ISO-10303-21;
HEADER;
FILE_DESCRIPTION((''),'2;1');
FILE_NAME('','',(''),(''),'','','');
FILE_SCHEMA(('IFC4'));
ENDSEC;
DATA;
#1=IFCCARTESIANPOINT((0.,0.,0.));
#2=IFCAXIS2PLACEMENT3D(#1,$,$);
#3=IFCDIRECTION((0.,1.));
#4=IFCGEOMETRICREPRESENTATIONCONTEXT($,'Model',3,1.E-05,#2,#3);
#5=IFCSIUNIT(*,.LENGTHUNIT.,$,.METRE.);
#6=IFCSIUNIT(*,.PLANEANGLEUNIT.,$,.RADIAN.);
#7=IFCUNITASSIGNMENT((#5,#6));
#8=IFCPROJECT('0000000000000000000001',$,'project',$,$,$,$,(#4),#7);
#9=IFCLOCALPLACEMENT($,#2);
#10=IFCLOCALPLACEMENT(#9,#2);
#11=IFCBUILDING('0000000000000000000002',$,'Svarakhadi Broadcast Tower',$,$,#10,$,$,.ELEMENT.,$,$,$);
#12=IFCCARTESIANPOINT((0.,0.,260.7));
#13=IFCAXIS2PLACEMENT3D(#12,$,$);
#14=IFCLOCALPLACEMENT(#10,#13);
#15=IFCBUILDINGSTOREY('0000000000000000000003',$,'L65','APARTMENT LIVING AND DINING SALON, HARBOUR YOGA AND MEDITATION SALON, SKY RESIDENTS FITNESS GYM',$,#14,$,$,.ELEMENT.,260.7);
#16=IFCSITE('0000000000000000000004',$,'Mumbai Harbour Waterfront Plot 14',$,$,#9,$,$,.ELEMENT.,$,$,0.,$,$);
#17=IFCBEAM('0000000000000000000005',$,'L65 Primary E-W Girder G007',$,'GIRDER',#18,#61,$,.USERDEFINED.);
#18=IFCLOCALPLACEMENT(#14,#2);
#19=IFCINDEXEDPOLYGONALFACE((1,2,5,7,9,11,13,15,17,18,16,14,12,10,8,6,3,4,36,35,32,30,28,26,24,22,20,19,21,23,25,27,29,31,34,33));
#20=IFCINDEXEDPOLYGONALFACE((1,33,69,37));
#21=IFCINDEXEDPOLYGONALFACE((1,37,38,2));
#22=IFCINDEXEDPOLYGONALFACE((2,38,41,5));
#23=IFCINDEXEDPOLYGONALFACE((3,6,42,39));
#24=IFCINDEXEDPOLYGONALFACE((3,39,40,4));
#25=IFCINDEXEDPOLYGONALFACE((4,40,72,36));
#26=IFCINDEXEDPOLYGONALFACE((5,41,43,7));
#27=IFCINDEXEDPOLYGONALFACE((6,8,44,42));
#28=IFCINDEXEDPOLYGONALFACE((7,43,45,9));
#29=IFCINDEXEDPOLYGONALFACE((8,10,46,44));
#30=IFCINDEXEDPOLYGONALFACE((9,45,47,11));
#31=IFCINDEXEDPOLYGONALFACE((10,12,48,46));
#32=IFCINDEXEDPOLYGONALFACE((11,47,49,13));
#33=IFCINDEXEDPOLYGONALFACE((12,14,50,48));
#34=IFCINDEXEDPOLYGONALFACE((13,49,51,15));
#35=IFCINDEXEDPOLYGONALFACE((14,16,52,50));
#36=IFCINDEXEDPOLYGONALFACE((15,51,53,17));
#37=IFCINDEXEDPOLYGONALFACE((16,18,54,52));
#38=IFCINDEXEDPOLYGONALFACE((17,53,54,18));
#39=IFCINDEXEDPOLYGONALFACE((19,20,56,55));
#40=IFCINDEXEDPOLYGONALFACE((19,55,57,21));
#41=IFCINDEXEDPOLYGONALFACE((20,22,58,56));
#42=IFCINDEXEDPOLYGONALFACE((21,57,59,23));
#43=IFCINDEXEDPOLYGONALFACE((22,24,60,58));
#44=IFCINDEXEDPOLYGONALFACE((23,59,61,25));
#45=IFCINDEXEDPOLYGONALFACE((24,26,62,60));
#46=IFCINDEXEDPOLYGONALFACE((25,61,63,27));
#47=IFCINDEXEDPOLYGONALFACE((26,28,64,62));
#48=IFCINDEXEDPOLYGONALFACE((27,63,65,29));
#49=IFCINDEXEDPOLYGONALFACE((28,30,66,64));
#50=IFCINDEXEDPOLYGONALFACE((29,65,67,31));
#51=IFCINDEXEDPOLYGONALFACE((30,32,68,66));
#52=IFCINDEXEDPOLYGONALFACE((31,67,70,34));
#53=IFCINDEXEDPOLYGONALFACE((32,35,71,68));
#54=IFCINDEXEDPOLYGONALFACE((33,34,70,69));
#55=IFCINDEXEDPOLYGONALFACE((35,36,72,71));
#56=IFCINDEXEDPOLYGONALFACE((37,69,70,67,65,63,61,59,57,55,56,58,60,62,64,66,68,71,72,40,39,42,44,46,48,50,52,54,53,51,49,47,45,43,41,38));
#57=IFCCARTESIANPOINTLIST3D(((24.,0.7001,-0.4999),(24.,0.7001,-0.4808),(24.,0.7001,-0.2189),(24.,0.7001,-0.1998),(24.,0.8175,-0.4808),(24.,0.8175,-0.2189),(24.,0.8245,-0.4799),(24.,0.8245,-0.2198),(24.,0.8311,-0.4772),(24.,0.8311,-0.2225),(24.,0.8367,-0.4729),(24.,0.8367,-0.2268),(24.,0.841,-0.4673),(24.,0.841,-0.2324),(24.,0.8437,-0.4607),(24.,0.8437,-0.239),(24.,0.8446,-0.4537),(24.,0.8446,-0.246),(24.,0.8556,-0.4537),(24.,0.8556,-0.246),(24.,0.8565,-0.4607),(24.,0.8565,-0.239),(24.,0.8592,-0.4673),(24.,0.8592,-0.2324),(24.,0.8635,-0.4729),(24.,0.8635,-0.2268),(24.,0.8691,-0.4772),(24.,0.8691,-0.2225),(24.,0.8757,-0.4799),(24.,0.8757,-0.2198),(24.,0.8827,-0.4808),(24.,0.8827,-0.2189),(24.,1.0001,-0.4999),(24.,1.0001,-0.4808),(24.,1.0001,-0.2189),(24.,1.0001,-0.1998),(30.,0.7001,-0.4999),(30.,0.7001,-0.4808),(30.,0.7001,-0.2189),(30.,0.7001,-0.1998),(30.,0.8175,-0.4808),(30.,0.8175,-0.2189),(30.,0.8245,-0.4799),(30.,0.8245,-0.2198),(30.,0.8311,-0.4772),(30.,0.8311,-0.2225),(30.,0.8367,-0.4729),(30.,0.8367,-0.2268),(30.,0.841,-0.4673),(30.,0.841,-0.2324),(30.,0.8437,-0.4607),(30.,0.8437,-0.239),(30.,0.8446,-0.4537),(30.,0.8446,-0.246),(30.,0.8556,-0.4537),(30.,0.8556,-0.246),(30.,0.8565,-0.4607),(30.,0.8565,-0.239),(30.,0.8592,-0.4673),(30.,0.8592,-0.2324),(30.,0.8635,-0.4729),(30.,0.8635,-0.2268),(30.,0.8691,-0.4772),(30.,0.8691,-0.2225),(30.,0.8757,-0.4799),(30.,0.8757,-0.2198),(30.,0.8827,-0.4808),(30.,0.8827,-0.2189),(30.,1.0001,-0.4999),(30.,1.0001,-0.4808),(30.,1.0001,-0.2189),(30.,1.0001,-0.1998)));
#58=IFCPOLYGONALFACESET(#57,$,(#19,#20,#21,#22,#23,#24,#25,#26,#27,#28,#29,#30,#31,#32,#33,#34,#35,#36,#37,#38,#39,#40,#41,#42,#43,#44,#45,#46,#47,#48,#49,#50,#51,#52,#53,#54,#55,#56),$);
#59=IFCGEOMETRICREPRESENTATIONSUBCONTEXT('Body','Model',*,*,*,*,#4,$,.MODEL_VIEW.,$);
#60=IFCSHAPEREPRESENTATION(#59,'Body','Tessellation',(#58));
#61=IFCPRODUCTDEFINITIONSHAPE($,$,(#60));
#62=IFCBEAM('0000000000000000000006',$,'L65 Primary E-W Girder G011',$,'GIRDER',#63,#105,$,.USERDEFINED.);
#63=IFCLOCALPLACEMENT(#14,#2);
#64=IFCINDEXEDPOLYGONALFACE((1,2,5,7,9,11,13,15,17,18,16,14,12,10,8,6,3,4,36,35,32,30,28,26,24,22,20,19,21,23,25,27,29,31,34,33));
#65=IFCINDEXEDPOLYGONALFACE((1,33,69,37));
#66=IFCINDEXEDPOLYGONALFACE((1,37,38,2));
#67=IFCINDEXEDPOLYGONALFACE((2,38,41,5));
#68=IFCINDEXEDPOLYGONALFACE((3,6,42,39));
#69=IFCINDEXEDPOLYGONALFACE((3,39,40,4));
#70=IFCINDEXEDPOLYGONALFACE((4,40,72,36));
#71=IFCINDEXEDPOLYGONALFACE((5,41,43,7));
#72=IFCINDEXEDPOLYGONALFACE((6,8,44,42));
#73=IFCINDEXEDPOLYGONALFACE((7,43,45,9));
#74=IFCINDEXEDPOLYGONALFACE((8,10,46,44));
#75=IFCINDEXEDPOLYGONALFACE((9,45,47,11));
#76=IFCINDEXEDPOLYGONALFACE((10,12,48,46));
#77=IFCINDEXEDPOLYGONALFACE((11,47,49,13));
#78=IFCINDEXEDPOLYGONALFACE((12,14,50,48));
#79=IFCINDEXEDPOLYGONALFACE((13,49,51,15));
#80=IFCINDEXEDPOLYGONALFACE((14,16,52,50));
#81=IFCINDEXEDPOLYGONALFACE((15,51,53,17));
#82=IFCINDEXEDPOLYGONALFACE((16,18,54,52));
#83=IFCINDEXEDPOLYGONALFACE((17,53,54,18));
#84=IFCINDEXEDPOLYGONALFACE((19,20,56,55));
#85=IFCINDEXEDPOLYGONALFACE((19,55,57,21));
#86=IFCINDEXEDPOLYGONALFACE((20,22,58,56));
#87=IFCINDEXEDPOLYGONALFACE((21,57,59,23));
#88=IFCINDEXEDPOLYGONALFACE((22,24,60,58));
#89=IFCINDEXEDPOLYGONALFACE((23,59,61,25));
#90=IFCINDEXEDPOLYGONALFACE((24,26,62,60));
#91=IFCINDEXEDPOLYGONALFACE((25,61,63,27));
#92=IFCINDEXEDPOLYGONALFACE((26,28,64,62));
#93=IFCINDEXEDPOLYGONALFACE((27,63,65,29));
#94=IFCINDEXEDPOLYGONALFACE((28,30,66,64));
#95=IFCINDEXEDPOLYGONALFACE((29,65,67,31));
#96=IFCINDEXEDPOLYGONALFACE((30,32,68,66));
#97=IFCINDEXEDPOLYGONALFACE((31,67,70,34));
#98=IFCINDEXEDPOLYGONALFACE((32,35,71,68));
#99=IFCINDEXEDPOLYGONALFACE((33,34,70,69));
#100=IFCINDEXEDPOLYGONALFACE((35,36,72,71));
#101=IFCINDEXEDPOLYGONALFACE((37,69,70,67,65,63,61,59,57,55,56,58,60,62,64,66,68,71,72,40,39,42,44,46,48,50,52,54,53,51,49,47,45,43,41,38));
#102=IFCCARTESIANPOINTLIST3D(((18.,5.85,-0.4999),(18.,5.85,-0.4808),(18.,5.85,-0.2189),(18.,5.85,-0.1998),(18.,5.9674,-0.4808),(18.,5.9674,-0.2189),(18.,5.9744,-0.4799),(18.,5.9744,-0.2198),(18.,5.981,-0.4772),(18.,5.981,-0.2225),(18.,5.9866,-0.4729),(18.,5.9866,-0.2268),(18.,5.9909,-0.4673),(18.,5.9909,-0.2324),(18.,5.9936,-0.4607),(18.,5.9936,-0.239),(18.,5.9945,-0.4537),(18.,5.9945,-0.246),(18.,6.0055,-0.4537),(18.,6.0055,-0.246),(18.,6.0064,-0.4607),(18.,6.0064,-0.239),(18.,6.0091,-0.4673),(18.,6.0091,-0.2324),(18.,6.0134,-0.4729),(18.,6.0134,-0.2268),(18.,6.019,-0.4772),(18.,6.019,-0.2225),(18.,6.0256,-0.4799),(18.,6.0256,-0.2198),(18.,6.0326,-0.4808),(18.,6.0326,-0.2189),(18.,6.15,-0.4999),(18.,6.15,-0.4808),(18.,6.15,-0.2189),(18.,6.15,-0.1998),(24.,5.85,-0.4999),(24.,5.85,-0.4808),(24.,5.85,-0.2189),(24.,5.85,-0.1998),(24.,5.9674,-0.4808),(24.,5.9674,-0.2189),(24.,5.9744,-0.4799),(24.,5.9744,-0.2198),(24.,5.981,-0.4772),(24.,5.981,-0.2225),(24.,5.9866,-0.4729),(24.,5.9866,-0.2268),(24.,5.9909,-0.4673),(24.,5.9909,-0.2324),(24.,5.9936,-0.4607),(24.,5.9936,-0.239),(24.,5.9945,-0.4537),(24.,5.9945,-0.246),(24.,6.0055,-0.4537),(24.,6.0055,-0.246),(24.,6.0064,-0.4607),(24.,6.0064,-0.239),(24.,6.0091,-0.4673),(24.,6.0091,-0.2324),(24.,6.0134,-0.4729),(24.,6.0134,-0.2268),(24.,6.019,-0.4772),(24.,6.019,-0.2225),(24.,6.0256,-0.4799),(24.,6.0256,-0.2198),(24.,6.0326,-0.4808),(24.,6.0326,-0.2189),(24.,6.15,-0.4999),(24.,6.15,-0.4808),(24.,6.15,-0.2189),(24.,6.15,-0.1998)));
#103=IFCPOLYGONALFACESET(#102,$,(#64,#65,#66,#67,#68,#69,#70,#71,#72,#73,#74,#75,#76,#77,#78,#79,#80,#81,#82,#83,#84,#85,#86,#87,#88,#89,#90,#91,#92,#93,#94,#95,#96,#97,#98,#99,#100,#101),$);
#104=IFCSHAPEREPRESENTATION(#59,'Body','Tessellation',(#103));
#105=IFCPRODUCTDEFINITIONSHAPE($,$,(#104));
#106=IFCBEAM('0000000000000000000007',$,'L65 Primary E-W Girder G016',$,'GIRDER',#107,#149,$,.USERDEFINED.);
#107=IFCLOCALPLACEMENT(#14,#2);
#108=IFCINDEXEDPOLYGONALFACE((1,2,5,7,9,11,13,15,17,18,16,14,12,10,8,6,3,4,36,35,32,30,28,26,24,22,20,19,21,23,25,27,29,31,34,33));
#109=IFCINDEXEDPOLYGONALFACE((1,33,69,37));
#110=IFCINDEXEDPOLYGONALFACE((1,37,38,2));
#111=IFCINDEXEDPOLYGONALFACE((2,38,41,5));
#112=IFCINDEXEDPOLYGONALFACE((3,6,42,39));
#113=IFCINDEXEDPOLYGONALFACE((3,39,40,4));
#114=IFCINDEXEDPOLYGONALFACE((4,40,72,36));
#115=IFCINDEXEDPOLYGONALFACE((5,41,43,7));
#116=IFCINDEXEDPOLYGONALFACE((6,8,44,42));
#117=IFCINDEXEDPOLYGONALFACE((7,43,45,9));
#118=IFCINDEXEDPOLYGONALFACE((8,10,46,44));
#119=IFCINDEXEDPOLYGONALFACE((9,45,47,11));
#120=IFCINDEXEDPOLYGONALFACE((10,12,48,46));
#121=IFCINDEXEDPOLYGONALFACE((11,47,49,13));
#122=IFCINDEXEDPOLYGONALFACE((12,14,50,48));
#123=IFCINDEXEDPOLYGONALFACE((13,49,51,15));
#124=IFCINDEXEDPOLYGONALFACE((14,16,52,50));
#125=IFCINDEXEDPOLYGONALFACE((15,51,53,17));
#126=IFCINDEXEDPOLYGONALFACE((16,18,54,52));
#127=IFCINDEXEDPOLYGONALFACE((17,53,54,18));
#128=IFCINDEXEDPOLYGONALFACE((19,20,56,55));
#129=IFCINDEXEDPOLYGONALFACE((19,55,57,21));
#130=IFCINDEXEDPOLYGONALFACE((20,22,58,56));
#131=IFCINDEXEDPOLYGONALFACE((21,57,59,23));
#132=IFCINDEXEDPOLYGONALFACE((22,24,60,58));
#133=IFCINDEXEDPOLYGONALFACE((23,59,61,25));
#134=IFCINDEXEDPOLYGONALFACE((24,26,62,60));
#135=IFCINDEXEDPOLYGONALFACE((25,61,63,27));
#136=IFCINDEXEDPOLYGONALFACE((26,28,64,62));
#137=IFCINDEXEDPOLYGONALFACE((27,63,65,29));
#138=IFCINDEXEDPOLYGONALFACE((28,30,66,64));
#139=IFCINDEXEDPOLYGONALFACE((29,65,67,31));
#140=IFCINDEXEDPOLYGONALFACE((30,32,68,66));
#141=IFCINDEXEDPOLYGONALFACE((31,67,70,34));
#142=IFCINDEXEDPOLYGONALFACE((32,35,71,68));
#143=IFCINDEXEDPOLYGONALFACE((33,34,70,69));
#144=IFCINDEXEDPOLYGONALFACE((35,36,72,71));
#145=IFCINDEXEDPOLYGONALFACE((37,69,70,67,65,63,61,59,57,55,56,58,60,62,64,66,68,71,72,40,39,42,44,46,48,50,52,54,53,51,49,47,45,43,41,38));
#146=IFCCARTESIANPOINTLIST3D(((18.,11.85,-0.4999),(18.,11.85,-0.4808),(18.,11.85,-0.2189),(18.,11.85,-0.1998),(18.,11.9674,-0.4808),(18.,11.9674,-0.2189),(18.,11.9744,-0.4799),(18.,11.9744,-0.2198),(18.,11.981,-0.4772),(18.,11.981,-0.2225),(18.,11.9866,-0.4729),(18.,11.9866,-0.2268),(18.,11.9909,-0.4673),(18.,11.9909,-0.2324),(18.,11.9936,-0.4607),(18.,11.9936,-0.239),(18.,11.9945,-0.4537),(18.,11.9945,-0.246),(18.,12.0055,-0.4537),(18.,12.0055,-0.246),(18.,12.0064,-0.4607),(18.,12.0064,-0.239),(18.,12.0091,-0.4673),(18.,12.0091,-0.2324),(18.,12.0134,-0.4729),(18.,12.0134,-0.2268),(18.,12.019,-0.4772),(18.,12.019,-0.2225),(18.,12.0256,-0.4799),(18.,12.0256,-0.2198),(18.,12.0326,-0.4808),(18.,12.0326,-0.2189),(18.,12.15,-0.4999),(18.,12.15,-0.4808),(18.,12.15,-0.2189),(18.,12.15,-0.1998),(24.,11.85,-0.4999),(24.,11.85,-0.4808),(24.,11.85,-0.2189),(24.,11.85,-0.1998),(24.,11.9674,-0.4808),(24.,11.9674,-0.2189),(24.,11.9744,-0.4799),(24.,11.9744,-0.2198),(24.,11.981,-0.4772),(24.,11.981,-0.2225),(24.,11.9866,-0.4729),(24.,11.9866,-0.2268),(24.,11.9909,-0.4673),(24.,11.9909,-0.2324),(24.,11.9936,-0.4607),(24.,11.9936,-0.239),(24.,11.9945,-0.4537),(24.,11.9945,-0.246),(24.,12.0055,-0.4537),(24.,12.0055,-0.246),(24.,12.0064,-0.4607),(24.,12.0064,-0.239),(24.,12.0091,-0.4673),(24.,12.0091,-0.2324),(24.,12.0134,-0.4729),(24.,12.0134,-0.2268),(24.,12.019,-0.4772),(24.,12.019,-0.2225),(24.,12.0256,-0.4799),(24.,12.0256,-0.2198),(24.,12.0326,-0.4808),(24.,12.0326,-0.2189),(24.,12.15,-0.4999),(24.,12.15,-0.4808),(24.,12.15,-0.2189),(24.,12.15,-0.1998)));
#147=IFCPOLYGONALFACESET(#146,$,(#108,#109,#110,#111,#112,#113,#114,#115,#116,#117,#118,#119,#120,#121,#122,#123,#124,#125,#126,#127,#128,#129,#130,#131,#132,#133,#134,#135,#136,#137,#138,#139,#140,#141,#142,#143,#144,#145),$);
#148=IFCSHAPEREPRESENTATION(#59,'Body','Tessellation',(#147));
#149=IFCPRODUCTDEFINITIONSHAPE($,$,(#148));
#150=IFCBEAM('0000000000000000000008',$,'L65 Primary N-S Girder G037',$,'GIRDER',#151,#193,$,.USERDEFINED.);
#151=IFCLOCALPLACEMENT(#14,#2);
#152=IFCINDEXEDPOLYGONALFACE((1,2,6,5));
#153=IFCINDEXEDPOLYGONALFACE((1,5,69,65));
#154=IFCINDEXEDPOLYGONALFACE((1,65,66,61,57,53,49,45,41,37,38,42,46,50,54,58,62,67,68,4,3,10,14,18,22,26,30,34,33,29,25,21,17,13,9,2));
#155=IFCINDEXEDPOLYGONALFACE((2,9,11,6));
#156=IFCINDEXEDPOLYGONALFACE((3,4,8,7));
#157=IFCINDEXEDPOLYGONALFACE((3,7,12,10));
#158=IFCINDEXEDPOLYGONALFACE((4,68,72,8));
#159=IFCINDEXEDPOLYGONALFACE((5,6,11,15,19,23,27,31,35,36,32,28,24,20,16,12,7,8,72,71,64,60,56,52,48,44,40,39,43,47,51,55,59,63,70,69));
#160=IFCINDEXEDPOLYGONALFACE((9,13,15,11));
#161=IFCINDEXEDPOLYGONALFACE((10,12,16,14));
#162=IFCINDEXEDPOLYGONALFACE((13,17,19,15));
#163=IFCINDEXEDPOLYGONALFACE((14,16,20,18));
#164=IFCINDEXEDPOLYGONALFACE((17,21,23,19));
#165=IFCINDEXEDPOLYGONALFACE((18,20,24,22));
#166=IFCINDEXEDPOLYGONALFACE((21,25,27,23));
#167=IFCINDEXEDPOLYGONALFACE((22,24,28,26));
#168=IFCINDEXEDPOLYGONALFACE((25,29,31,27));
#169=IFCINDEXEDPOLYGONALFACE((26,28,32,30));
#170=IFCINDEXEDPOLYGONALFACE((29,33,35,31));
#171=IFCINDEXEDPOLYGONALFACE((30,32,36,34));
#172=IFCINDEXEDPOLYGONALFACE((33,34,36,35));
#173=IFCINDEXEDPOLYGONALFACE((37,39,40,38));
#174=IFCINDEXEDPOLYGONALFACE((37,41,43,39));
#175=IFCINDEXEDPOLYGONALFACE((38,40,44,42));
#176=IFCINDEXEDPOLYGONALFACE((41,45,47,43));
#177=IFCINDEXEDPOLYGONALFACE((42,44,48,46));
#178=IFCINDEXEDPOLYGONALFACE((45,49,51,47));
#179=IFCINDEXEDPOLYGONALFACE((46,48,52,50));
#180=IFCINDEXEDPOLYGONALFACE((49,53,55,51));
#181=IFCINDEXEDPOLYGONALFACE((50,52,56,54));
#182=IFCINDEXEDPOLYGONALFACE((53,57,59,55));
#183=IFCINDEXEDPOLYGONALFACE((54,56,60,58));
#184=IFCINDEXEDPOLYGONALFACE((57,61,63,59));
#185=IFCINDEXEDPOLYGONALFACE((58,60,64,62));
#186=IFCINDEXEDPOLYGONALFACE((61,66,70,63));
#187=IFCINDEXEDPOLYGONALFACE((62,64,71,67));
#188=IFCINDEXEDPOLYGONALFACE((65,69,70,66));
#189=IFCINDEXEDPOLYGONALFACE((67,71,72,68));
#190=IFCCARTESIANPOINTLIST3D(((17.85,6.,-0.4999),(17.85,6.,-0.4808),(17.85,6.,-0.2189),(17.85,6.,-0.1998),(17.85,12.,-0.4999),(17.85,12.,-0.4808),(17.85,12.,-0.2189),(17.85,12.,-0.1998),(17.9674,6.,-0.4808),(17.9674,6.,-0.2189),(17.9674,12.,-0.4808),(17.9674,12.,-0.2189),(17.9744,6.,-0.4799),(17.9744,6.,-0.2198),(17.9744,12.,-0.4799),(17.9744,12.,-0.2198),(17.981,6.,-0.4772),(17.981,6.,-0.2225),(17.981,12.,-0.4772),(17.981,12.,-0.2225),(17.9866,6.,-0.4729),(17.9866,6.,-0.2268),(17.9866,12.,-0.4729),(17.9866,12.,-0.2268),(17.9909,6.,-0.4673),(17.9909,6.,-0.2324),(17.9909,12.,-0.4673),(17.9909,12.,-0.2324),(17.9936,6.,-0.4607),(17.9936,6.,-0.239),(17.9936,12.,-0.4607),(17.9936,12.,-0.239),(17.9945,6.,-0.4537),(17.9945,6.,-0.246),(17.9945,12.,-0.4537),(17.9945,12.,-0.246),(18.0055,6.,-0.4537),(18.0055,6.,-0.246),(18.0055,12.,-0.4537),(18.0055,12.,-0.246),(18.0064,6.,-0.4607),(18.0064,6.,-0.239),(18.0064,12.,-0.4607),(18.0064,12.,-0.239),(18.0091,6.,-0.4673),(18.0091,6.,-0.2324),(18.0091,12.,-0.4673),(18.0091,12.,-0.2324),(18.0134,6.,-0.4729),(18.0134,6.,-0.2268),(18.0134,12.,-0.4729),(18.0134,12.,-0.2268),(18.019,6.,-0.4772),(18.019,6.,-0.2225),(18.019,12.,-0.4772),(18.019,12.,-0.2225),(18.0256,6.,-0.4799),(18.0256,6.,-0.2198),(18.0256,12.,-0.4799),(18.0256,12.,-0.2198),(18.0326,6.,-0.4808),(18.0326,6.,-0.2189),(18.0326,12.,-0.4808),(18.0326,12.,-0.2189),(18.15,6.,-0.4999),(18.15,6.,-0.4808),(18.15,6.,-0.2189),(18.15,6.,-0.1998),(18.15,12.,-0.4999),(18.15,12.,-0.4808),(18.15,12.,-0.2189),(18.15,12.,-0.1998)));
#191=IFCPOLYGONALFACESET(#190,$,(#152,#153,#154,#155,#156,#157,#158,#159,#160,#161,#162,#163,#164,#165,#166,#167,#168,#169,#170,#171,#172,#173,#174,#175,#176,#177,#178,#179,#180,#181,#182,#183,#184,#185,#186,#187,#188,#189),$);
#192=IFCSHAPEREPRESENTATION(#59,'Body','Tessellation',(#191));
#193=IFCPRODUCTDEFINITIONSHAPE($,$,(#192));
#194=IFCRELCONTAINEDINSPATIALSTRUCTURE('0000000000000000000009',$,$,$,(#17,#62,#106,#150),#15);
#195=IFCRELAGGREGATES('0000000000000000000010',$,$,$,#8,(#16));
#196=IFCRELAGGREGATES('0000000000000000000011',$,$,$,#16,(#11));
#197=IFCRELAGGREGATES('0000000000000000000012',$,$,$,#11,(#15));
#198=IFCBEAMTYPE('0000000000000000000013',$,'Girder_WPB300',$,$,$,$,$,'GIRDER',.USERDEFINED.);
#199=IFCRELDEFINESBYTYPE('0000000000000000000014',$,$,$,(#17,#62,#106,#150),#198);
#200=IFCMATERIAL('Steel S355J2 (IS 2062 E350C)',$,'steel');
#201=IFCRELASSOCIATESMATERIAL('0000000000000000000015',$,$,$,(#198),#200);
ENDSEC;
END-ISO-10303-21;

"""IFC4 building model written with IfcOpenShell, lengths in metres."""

from ifc_helpers import new_model, si_unit, direction, frame, origin, origin_2d, place, context, subcontext, project, spatial, i_section, extrude, material, material_profile, profile_set, type_object, element, save


model = new_model("IFC4")

# Units and contexts
model_context = context("Model", 3, precision=1e-05, world=origin(), true_north=direction((0.0, 1.0)))
body_context = subcontext(model_context, "Body", "Model", "MODEL_VIEW")
ifc_project = project(units=[si_unit("LENGTHUNIT", "METRE"), si_unit("PLANEANGLEUNIT", "RADIAN")], contexts=[model_context])

# Site, building, storey
site_placement = place(None, origin())
site = spatial("IfcSite", under=ifc_project, at=site_placement, Name="Mumbai Harbour Waterfront Plot 14", CompositionType="ELEMENT", RefElevation=0.0)
building_placement = place(site_placement, origin())
building = spatial("IfcBuilding", under=site, at=building_placement, Name="Svarakhadi Broadcast Tower", CompositionType="ELEMENT")
storey_placement = place(building_placement, frame((0.0, 0.0, 260.7)))
storey = spatial("IfcBuildingStorey", under=building, at=storey_placement, Name="L65", Description="APARTMENT LIVING AND DINING SALON, HARBOUR YOGA AND MEDITATION SALON, SKY RESIDENTS FITNESS GYM", CompositionType="ELEMENT", Elevation=260.7)

# Beams
ifc_material_1 = material(Name="Steel S355J2 (IS 2062 E350C)", Category="steel")
ifc_material_profile_1 = material_profile(ifc_material_1, i_section(OverallWidth=0.3, OverallDepth=0.3, WebThickness=0.011, FlangeThickness=0.019, FilletRadius=0.0271, at=origin_2d()), Name="WPB 300x300x117")
ifc_profile_set_1 = profile_set([ifc_material_profile_1], Name="Steel S355J2 (IS 2062 E350C)")
beam_type_1 = type_object("IfcBeamType", Name="Girder_WPB300", ElementType="GIRDER", PredefinedType="USERDEFINED", material=ifc_profile_set_1)
for number, where, z_axis, x_axis, name in (
    (1, (24.0, 0.8501, -0.3499), (1.0, 0.0, 0.0), (0.0, 1.0, 0.0), "L65 Primary E-W Girder G007"),
    (2, (18.0, 6.0, -0.3499), (1.0, 0.0, 0.0), (0.0, 1.0, 0.0), "L65 Primary E-W Girder G011"),
    (3, (18.0, 12.0, -0.3499), (1.0, 0.0, 0.0), (0.0, 1.0, 0.0), "L65 Primary E-W Girder G016"),
    (4, (18.0, 6.0, -0.3499), (0.0, 1.0, 0.0), (-1.0, 0.0, 0.0), "L65 Primary N-S Girder G037"),
):
    element("IfcBeam", number, at=place(storey_placement, frame(where, z_axis=z_axis, x_axis=x_axis)), inside=storey, type_object=beam_type_1, Name=name, ObjectType="GIRDER", PredefinedType="USERDEFINED", context=body_context, shape_type="SweptSolid", body=[
        extrude(i_section(OverallWidth=0.3, OverallDepth=0.3, WebThickness=0.011, FlangeThickness=0.019, FilletRadius=0.0271, at=origin_2d()), origin(), (0.0, 0.0, 1.0), 6.0),
    ])

save(model, "model.ifc")
